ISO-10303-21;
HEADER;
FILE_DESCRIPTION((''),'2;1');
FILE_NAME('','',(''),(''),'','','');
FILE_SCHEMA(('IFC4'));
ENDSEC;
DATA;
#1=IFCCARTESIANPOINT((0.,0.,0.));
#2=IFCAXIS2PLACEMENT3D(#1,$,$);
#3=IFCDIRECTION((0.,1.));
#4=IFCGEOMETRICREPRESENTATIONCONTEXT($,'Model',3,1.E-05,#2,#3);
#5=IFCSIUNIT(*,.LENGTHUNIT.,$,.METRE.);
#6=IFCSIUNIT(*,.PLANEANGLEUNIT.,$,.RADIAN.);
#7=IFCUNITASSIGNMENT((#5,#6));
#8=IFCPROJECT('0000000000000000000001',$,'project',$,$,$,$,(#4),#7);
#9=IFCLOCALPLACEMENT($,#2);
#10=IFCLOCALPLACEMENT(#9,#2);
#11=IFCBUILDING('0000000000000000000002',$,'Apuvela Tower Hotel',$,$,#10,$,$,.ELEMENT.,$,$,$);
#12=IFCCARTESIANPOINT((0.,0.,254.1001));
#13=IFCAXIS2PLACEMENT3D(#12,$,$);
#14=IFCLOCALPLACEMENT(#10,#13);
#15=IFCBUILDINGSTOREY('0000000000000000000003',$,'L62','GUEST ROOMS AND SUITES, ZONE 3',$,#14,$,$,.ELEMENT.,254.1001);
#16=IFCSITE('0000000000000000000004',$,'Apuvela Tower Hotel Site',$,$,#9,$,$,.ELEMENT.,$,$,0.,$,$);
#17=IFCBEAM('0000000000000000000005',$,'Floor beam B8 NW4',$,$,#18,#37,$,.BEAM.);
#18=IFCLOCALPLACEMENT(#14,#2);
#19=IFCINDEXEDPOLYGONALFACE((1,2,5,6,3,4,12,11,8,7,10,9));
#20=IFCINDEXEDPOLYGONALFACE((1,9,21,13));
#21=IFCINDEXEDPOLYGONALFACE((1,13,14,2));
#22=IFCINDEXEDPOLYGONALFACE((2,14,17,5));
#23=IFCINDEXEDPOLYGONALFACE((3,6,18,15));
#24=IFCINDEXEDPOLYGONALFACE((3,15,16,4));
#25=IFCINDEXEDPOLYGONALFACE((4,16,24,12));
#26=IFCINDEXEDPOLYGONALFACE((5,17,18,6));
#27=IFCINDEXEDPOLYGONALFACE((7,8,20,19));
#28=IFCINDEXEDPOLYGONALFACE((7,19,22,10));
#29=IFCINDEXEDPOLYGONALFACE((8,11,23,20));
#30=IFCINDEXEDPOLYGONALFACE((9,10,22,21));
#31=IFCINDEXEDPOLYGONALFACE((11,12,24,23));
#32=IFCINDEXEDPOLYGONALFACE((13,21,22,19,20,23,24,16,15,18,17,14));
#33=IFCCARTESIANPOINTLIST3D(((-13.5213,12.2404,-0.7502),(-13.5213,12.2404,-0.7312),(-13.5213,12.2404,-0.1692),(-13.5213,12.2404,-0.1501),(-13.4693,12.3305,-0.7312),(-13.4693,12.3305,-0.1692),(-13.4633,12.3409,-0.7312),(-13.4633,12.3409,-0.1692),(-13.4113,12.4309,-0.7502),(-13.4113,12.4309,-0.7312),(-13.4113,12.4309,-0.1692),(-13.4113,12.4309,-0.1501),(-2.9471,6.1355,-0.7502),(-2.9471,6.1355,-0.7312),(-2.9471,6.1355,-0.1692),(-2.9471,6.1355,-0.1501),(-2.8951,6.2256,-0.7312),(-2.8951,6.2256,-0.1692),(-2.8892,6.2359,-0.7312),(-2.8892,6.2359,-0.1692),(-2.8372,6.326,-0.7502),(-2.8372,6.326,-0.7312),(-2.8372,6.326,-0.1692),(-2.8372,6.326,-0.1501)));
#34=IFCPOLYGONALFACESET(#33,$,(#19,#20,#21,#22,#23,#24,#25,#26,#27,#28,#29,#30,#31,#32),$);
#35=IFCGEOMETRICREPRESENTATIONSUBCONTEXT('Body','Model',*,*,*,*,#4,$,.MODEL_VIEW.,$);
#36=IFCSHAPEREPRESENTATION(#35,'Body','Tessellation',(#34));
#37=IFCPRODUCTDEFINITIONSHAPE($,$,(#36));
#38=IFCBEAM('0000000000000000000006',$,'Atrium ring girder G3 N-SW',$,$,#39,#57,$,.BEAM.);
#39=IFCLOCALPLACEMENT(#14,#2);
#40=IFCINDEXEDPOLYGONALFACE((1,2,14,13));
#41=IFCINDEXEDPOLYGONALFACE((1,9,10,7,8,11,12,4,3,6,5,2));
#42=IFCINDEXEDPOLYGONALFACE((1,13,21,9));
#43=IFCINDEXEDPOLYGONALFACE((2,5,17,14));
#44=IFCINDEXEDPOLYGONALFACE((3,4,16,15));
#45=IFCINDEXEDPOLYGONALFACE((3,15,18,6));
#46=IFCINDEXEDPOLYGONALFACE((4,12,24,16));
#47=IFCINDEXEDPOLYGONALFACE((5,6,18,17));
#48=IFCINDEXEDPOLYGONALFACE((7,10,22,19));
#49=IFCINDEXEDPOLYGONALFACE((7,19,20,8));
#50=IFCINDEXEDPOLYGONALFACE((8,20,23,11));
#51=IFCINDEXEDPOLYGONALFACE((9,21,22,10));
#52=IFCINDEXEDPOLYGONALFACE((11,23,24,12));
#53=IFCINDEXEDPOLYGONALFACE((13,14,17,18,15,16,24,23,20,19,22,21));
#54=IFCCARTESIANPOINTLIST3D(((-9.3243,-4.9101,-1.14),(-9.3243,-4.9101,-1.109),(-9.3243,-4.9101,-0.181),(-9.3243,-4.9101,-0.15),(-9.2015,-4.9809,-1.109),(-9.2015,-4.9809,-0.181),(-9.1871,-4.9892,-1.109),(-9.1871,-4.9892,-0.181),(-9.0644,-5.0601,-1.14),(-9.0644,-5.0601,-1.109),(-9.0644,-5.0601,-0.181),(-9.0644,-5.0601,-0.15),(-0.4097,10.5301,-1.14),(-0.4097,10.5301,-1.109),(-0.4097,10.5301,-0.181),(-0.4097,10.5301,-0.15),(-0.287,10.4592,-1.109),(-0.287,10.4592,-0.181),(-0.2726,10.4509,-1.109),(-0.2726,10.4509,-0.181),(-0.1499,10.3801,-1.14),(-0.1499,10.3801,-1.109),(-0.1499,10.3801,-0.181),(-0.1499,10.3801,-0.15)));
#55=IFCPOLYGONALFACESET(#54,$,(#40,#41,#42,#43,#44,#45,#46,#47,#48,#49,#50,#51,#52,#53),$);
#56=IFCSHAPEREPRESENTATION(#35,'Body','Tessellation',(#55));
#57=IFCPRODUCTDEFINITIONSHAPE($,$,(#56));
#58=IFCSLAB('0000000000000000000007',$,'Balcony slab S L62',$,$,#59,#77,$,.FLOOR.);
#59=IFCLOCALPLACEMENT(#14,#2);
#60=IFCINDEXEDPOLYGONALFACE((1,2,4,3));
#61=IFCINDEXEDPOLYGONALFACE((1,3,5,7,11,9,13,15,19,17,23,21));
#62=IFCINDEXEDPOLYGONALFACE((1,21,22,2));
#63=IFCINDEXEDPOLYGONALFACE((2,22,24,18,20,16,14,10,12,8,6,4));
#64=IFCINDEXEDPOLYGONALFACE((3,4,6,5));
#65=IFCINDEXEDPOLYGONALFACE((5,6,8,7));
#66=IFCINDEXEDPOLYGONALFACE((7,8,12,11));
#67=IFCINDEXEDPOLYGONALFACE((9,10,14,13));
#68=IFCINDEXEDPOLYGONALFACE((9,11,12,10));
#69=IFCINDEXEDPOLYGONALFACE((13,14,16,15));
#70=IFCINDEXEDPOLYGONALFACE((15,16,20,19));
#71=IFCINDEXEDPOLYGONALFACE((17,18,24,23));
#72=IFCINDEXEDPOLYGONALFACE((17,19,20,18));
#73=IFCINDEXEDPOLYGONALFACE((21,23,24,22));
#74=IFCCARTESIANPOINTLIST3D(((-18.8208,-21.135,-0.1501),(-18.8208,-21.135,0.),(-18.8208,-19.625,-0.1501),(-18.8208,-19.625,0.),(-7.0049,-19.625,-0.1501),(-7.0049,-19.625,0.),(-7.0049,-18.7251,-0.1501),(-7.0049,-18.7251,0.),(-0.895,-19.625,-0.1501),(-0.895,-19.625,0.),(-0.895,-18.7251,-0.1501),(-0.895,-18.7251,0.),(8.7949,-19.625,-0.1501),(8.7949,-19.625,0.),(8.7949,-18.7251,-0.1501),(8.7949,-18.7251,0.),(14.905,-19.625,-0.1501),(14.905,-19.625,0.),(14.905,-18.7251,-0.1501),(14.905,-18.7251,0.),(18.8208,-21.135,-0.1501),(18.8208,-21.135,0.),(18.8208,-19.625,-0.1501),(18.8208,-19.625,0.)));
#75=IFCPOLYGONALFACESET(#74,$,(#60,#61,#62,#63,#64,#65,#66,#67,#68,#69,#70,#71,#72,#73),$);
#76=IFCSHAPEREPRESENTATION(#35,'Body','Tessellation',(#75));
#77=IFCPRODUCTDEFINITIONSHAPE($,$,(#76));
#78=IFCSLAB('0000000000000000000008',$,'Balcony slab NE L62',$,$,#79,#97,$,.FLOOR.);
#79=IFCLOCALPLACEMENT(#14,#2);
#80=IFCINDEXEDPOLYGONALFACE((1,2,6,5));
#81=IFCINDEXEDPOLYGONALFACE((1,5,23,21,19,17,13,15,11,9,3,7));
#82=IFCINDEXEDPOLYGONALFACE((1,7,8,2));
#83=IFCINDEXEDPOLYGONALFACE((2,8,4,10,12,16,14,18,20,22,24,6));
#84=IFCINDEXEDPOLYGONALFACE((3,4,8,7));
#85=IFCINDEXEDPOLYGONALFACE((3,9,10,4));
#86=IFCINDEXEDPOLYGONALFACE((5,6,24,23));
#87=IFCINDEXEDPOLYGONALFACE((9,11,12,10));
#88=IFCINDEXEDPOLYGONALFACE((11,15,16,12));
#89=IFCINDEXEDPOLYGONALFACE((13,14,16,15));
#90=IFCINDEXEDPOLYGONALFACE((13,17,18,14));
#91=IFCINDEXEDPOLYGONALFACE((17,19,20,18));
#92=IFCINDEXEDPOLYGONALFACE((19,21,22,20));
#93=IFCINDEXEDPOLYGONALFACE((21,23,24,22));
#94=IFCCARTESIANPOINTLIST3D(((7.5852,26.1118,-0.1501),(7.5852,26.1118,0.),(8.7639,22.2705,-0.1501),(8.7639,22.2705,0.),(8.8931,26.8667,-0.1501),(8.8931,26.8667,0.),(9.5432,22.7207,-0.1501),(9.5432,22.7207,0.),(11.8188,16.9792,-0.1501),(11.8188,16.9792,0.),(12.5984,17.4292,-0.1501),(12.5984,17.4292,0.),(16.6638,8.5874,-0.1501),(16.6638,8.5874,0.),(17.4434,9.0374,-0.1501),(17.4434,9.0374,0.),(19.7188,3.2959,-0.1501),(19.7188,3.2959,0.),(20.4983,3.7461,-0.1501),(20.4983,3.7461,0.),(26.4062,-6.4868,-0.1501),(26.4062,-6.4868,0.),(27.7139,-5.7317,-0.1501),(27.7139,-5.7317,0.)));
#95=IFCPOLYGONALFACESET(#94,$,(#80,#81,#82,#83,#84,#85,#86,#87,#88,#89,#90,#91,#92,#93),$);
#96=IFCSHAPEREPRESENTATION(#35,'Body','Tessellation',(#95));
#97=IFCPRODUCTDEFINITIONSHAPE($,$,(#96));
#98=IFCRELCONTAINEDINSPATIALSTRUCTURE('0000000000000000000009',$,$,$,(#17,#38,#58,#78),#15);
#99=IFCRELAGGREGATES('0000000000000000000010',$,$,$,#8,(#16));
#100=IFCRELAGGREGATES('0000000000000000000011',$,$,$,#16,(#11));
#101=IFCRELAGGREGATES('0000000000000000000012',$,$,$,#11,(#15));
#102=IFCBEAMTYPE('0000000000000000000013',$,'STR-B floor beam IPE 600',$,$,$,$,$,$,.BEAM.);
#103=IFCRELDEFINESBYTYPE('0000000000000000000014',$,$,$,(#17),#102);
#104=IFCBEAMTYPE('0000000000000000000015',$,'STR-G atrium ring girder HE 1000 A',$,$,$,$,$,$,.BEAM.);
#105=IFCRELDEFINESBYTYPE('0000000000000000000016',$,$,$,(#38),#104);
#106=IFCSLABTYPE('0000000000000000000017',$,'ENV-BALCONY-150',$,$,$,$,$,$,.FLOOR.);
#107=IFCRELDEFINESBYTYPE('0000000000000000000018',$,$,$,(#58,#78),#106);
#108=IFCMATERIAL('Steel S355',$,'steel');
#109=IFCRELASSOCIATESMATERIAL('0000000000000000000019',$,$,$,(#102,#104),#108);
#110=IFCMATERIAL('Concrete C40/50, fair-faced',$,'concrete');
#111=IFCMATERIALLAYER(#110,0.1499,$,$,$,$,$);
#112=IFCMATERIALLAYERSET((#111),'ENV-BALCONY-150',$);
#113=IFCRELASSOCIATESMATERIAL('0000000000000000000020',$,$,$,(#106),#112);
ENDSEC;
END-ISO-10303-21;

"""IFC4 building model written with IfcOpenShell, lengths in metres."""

from ifc_helpers import new_model, si_unit, direction, frame, origin, origin_2d, place, context, subcontext, project, spatial, polyline, i_section, outline, extrude, material, layer, layer_set, material_profile, profile_set, type_object, element, save


model = new_model("IFC4")

# Units and contexts
model_context = context("Model", 3, precision=1e-05, world=origin(), true_north=direction((0.0, 1.0)))
body_context = subcontext(model_context, "Body", "Model", "MODEL_VIEW")
ifc_project = project(units=[si_unit("LENGTHUNIT", "METRE"), si_unit("PLANEANGLEUNIT", "RADIAN")], contexts=[model_context])

# Site, building, storey
site_placement = place(None, origin())
site = spatial("IfcSite", under=ifc_project, at=site_placement, Name="Apuvela Tower Hotel Site", CompositionType="ELEMENT", RefElevation=0.0)
building_placement = place(site_placement, origin())
building = spatial("IfcBuilding", under=site, at=building_placement, Name="Apuvela Tower Hotel", CompositionType="ELEMENT")
storey_placement = place(building_placement, frame((0.0, 0.0, 254.1001)))
storey = spatial("IfcBuildingStorey", under=building, at=storey_placement, Name="L62", Description="GUEST ROOMS AND SUITES, ZONE 3", CompositionType="ELEMENT", Elevation=254.1001)

# Beams
ifc_material_1 = material(Name="Steel S355", Category="steel")
ifc_material_profile_1 = material_profile(ifc_material_1, i_section(OverallWidth=0.22, OverallDepth=0.6001, WebThickness=0.012, FlangeThickness=0.019, at=origin_2d()), Name="IPE 600")
ifc_profile_set_1 = profile_set([ifc_material_profile_1], Name="Steel S355")
beam_type_1 = type_object("IfcBeamType", Name="STR-B floor beam IPE 600", PredefinedType="BEAM", material=ifc_profile_set_1)
beam_1_placement = place(storey_placement, frame((-13.4663, 12.3357, -0.4502), z_axis=(0.866027, -0.499997, 0.0), x_axis=(0.499997, 0.866027, 0.0)))
element("IfcBeam", 1, at=beam_1_placement, inside=storey, type_object=beam_type_1, Name="Floor beam B8 NW4", PredefinedType="BEAM", context=body_context, shape_type="SweptSolid", body=[
    extrude(i_section(OverallWidth=0.22, OverallDepth=0.6001, WebThickness=0.012, FlangeThickness=0.019, at=origin_2d()), origin(), (0.0, 0.0, 1.0), 12.21),
])
ifc_material_profile_2 = material_profile(ifc_material_1, i_section(OverallWidth=0.3, OverallDepth=0.99, WebThickness=0.0166, FlangeThickness=0.031, at=origin_2d()), Name="HE 1000 A")
ifc_profile_set_2 = profile_set([ifc_material_profile_2], Name="Steel S355")
beam_type_2 = type_object("IfcBeamType", Name="STR-G atrium ring girder HE 1000 A", PredefinedType="BEAM", material=ifc_profile_set_2)
beam_2_placement = place(storey_placement, frame((-0.2798, 10.4551, -0.645), z_axis=(-0.500007, -0.866022, 0.0), x_axis=(0.866022, -0.500007, 0.0)))
element("IfcBeam", 2, at=beam_2_placement, inside=storey, type_object=beam_type_2, Name="Atrium ring girder G3 N-SW", PredefinedType="BEAM", context=body_context, shape_type="SweptSolid", body=[
    extrude(i_section(OverallWidth=0.3, OverallDepth=0.99, WebThickness=0.0166, FlangeThickness=0.031, at=origin_2d()), origin(), (0.0, 0.0, 1.0), 17.8289),
])

# Slabs
ifc_material_2 = material(Name="Concrete C40/50, fair-faced", Category="concrete")
ifc_layer_1 = layer(ifc_material_2, 0.1499)
ifc_layer_set_1 = layer_set([ifc_layer_1], Name="ENV-BALCONY-150")
slab_type_1 = type_object("IfcSlabType", Name="ENV-BALCONY-150", PredefinedType="FLOOR", material=ifc_layer_set_1)
slab_1_placement = place(storey_placement, frame((0.0, 0.0, -0.1501)))
element("IfcSlab", 3, at=slab_1_placement, inside=storey, type_object=slab_type_1, Name="Balcony slab S L62", PredefinedType="FLOOR", context=body_context, shape_type="SweptSolid", body=[
    extrude(outline(polyline([(18.8208, -21.135), (-18.8208, -21.135), (-18.8208, -19.625), (-7.0049, -19.625), (-7.0049, -18.7251), (-0.895, -18.7251), (-0.895, -19.625), (8.7949, -19.625), (8.7949, -18.7251), (14.905, -18.7251), (14.905, -19.625), (18.8208, -19.625), (18.8208, -21.135)])), origin(), (0.0, 0.0, 1.0), 0.1501),
])
slab_2_placement = place(storey_placement, frame((0.0, 0.0, -0.1501)))
element("IfcSlab", 4, at=slab_2_placement, inside=storey, type_object=slab_type_1, Name="Balcony slab NE L62", PredefinedType="FLOOR", context=body_context, shape_type="SweptSolid", body=[
    extrude(outline(polyline([(17.4434, 9.0374), (12.5984, 17.4292), (11.8188, 16.9792), (8.7639, 22.2705), (9.5432, 22.7207), (7.5852, 26.1118), (8.8931, 26.8667), (27.7139, -5.7317), (26.4062, -6.4868), (20.4983, 3.7461), (19.7188, 3.2959), (16.6638, 8.5874), (17.4434, 9.0374)])), origin(), (0.0, 0.0, 1.0), 0.1501),
])

save(model, "model.ifc")
